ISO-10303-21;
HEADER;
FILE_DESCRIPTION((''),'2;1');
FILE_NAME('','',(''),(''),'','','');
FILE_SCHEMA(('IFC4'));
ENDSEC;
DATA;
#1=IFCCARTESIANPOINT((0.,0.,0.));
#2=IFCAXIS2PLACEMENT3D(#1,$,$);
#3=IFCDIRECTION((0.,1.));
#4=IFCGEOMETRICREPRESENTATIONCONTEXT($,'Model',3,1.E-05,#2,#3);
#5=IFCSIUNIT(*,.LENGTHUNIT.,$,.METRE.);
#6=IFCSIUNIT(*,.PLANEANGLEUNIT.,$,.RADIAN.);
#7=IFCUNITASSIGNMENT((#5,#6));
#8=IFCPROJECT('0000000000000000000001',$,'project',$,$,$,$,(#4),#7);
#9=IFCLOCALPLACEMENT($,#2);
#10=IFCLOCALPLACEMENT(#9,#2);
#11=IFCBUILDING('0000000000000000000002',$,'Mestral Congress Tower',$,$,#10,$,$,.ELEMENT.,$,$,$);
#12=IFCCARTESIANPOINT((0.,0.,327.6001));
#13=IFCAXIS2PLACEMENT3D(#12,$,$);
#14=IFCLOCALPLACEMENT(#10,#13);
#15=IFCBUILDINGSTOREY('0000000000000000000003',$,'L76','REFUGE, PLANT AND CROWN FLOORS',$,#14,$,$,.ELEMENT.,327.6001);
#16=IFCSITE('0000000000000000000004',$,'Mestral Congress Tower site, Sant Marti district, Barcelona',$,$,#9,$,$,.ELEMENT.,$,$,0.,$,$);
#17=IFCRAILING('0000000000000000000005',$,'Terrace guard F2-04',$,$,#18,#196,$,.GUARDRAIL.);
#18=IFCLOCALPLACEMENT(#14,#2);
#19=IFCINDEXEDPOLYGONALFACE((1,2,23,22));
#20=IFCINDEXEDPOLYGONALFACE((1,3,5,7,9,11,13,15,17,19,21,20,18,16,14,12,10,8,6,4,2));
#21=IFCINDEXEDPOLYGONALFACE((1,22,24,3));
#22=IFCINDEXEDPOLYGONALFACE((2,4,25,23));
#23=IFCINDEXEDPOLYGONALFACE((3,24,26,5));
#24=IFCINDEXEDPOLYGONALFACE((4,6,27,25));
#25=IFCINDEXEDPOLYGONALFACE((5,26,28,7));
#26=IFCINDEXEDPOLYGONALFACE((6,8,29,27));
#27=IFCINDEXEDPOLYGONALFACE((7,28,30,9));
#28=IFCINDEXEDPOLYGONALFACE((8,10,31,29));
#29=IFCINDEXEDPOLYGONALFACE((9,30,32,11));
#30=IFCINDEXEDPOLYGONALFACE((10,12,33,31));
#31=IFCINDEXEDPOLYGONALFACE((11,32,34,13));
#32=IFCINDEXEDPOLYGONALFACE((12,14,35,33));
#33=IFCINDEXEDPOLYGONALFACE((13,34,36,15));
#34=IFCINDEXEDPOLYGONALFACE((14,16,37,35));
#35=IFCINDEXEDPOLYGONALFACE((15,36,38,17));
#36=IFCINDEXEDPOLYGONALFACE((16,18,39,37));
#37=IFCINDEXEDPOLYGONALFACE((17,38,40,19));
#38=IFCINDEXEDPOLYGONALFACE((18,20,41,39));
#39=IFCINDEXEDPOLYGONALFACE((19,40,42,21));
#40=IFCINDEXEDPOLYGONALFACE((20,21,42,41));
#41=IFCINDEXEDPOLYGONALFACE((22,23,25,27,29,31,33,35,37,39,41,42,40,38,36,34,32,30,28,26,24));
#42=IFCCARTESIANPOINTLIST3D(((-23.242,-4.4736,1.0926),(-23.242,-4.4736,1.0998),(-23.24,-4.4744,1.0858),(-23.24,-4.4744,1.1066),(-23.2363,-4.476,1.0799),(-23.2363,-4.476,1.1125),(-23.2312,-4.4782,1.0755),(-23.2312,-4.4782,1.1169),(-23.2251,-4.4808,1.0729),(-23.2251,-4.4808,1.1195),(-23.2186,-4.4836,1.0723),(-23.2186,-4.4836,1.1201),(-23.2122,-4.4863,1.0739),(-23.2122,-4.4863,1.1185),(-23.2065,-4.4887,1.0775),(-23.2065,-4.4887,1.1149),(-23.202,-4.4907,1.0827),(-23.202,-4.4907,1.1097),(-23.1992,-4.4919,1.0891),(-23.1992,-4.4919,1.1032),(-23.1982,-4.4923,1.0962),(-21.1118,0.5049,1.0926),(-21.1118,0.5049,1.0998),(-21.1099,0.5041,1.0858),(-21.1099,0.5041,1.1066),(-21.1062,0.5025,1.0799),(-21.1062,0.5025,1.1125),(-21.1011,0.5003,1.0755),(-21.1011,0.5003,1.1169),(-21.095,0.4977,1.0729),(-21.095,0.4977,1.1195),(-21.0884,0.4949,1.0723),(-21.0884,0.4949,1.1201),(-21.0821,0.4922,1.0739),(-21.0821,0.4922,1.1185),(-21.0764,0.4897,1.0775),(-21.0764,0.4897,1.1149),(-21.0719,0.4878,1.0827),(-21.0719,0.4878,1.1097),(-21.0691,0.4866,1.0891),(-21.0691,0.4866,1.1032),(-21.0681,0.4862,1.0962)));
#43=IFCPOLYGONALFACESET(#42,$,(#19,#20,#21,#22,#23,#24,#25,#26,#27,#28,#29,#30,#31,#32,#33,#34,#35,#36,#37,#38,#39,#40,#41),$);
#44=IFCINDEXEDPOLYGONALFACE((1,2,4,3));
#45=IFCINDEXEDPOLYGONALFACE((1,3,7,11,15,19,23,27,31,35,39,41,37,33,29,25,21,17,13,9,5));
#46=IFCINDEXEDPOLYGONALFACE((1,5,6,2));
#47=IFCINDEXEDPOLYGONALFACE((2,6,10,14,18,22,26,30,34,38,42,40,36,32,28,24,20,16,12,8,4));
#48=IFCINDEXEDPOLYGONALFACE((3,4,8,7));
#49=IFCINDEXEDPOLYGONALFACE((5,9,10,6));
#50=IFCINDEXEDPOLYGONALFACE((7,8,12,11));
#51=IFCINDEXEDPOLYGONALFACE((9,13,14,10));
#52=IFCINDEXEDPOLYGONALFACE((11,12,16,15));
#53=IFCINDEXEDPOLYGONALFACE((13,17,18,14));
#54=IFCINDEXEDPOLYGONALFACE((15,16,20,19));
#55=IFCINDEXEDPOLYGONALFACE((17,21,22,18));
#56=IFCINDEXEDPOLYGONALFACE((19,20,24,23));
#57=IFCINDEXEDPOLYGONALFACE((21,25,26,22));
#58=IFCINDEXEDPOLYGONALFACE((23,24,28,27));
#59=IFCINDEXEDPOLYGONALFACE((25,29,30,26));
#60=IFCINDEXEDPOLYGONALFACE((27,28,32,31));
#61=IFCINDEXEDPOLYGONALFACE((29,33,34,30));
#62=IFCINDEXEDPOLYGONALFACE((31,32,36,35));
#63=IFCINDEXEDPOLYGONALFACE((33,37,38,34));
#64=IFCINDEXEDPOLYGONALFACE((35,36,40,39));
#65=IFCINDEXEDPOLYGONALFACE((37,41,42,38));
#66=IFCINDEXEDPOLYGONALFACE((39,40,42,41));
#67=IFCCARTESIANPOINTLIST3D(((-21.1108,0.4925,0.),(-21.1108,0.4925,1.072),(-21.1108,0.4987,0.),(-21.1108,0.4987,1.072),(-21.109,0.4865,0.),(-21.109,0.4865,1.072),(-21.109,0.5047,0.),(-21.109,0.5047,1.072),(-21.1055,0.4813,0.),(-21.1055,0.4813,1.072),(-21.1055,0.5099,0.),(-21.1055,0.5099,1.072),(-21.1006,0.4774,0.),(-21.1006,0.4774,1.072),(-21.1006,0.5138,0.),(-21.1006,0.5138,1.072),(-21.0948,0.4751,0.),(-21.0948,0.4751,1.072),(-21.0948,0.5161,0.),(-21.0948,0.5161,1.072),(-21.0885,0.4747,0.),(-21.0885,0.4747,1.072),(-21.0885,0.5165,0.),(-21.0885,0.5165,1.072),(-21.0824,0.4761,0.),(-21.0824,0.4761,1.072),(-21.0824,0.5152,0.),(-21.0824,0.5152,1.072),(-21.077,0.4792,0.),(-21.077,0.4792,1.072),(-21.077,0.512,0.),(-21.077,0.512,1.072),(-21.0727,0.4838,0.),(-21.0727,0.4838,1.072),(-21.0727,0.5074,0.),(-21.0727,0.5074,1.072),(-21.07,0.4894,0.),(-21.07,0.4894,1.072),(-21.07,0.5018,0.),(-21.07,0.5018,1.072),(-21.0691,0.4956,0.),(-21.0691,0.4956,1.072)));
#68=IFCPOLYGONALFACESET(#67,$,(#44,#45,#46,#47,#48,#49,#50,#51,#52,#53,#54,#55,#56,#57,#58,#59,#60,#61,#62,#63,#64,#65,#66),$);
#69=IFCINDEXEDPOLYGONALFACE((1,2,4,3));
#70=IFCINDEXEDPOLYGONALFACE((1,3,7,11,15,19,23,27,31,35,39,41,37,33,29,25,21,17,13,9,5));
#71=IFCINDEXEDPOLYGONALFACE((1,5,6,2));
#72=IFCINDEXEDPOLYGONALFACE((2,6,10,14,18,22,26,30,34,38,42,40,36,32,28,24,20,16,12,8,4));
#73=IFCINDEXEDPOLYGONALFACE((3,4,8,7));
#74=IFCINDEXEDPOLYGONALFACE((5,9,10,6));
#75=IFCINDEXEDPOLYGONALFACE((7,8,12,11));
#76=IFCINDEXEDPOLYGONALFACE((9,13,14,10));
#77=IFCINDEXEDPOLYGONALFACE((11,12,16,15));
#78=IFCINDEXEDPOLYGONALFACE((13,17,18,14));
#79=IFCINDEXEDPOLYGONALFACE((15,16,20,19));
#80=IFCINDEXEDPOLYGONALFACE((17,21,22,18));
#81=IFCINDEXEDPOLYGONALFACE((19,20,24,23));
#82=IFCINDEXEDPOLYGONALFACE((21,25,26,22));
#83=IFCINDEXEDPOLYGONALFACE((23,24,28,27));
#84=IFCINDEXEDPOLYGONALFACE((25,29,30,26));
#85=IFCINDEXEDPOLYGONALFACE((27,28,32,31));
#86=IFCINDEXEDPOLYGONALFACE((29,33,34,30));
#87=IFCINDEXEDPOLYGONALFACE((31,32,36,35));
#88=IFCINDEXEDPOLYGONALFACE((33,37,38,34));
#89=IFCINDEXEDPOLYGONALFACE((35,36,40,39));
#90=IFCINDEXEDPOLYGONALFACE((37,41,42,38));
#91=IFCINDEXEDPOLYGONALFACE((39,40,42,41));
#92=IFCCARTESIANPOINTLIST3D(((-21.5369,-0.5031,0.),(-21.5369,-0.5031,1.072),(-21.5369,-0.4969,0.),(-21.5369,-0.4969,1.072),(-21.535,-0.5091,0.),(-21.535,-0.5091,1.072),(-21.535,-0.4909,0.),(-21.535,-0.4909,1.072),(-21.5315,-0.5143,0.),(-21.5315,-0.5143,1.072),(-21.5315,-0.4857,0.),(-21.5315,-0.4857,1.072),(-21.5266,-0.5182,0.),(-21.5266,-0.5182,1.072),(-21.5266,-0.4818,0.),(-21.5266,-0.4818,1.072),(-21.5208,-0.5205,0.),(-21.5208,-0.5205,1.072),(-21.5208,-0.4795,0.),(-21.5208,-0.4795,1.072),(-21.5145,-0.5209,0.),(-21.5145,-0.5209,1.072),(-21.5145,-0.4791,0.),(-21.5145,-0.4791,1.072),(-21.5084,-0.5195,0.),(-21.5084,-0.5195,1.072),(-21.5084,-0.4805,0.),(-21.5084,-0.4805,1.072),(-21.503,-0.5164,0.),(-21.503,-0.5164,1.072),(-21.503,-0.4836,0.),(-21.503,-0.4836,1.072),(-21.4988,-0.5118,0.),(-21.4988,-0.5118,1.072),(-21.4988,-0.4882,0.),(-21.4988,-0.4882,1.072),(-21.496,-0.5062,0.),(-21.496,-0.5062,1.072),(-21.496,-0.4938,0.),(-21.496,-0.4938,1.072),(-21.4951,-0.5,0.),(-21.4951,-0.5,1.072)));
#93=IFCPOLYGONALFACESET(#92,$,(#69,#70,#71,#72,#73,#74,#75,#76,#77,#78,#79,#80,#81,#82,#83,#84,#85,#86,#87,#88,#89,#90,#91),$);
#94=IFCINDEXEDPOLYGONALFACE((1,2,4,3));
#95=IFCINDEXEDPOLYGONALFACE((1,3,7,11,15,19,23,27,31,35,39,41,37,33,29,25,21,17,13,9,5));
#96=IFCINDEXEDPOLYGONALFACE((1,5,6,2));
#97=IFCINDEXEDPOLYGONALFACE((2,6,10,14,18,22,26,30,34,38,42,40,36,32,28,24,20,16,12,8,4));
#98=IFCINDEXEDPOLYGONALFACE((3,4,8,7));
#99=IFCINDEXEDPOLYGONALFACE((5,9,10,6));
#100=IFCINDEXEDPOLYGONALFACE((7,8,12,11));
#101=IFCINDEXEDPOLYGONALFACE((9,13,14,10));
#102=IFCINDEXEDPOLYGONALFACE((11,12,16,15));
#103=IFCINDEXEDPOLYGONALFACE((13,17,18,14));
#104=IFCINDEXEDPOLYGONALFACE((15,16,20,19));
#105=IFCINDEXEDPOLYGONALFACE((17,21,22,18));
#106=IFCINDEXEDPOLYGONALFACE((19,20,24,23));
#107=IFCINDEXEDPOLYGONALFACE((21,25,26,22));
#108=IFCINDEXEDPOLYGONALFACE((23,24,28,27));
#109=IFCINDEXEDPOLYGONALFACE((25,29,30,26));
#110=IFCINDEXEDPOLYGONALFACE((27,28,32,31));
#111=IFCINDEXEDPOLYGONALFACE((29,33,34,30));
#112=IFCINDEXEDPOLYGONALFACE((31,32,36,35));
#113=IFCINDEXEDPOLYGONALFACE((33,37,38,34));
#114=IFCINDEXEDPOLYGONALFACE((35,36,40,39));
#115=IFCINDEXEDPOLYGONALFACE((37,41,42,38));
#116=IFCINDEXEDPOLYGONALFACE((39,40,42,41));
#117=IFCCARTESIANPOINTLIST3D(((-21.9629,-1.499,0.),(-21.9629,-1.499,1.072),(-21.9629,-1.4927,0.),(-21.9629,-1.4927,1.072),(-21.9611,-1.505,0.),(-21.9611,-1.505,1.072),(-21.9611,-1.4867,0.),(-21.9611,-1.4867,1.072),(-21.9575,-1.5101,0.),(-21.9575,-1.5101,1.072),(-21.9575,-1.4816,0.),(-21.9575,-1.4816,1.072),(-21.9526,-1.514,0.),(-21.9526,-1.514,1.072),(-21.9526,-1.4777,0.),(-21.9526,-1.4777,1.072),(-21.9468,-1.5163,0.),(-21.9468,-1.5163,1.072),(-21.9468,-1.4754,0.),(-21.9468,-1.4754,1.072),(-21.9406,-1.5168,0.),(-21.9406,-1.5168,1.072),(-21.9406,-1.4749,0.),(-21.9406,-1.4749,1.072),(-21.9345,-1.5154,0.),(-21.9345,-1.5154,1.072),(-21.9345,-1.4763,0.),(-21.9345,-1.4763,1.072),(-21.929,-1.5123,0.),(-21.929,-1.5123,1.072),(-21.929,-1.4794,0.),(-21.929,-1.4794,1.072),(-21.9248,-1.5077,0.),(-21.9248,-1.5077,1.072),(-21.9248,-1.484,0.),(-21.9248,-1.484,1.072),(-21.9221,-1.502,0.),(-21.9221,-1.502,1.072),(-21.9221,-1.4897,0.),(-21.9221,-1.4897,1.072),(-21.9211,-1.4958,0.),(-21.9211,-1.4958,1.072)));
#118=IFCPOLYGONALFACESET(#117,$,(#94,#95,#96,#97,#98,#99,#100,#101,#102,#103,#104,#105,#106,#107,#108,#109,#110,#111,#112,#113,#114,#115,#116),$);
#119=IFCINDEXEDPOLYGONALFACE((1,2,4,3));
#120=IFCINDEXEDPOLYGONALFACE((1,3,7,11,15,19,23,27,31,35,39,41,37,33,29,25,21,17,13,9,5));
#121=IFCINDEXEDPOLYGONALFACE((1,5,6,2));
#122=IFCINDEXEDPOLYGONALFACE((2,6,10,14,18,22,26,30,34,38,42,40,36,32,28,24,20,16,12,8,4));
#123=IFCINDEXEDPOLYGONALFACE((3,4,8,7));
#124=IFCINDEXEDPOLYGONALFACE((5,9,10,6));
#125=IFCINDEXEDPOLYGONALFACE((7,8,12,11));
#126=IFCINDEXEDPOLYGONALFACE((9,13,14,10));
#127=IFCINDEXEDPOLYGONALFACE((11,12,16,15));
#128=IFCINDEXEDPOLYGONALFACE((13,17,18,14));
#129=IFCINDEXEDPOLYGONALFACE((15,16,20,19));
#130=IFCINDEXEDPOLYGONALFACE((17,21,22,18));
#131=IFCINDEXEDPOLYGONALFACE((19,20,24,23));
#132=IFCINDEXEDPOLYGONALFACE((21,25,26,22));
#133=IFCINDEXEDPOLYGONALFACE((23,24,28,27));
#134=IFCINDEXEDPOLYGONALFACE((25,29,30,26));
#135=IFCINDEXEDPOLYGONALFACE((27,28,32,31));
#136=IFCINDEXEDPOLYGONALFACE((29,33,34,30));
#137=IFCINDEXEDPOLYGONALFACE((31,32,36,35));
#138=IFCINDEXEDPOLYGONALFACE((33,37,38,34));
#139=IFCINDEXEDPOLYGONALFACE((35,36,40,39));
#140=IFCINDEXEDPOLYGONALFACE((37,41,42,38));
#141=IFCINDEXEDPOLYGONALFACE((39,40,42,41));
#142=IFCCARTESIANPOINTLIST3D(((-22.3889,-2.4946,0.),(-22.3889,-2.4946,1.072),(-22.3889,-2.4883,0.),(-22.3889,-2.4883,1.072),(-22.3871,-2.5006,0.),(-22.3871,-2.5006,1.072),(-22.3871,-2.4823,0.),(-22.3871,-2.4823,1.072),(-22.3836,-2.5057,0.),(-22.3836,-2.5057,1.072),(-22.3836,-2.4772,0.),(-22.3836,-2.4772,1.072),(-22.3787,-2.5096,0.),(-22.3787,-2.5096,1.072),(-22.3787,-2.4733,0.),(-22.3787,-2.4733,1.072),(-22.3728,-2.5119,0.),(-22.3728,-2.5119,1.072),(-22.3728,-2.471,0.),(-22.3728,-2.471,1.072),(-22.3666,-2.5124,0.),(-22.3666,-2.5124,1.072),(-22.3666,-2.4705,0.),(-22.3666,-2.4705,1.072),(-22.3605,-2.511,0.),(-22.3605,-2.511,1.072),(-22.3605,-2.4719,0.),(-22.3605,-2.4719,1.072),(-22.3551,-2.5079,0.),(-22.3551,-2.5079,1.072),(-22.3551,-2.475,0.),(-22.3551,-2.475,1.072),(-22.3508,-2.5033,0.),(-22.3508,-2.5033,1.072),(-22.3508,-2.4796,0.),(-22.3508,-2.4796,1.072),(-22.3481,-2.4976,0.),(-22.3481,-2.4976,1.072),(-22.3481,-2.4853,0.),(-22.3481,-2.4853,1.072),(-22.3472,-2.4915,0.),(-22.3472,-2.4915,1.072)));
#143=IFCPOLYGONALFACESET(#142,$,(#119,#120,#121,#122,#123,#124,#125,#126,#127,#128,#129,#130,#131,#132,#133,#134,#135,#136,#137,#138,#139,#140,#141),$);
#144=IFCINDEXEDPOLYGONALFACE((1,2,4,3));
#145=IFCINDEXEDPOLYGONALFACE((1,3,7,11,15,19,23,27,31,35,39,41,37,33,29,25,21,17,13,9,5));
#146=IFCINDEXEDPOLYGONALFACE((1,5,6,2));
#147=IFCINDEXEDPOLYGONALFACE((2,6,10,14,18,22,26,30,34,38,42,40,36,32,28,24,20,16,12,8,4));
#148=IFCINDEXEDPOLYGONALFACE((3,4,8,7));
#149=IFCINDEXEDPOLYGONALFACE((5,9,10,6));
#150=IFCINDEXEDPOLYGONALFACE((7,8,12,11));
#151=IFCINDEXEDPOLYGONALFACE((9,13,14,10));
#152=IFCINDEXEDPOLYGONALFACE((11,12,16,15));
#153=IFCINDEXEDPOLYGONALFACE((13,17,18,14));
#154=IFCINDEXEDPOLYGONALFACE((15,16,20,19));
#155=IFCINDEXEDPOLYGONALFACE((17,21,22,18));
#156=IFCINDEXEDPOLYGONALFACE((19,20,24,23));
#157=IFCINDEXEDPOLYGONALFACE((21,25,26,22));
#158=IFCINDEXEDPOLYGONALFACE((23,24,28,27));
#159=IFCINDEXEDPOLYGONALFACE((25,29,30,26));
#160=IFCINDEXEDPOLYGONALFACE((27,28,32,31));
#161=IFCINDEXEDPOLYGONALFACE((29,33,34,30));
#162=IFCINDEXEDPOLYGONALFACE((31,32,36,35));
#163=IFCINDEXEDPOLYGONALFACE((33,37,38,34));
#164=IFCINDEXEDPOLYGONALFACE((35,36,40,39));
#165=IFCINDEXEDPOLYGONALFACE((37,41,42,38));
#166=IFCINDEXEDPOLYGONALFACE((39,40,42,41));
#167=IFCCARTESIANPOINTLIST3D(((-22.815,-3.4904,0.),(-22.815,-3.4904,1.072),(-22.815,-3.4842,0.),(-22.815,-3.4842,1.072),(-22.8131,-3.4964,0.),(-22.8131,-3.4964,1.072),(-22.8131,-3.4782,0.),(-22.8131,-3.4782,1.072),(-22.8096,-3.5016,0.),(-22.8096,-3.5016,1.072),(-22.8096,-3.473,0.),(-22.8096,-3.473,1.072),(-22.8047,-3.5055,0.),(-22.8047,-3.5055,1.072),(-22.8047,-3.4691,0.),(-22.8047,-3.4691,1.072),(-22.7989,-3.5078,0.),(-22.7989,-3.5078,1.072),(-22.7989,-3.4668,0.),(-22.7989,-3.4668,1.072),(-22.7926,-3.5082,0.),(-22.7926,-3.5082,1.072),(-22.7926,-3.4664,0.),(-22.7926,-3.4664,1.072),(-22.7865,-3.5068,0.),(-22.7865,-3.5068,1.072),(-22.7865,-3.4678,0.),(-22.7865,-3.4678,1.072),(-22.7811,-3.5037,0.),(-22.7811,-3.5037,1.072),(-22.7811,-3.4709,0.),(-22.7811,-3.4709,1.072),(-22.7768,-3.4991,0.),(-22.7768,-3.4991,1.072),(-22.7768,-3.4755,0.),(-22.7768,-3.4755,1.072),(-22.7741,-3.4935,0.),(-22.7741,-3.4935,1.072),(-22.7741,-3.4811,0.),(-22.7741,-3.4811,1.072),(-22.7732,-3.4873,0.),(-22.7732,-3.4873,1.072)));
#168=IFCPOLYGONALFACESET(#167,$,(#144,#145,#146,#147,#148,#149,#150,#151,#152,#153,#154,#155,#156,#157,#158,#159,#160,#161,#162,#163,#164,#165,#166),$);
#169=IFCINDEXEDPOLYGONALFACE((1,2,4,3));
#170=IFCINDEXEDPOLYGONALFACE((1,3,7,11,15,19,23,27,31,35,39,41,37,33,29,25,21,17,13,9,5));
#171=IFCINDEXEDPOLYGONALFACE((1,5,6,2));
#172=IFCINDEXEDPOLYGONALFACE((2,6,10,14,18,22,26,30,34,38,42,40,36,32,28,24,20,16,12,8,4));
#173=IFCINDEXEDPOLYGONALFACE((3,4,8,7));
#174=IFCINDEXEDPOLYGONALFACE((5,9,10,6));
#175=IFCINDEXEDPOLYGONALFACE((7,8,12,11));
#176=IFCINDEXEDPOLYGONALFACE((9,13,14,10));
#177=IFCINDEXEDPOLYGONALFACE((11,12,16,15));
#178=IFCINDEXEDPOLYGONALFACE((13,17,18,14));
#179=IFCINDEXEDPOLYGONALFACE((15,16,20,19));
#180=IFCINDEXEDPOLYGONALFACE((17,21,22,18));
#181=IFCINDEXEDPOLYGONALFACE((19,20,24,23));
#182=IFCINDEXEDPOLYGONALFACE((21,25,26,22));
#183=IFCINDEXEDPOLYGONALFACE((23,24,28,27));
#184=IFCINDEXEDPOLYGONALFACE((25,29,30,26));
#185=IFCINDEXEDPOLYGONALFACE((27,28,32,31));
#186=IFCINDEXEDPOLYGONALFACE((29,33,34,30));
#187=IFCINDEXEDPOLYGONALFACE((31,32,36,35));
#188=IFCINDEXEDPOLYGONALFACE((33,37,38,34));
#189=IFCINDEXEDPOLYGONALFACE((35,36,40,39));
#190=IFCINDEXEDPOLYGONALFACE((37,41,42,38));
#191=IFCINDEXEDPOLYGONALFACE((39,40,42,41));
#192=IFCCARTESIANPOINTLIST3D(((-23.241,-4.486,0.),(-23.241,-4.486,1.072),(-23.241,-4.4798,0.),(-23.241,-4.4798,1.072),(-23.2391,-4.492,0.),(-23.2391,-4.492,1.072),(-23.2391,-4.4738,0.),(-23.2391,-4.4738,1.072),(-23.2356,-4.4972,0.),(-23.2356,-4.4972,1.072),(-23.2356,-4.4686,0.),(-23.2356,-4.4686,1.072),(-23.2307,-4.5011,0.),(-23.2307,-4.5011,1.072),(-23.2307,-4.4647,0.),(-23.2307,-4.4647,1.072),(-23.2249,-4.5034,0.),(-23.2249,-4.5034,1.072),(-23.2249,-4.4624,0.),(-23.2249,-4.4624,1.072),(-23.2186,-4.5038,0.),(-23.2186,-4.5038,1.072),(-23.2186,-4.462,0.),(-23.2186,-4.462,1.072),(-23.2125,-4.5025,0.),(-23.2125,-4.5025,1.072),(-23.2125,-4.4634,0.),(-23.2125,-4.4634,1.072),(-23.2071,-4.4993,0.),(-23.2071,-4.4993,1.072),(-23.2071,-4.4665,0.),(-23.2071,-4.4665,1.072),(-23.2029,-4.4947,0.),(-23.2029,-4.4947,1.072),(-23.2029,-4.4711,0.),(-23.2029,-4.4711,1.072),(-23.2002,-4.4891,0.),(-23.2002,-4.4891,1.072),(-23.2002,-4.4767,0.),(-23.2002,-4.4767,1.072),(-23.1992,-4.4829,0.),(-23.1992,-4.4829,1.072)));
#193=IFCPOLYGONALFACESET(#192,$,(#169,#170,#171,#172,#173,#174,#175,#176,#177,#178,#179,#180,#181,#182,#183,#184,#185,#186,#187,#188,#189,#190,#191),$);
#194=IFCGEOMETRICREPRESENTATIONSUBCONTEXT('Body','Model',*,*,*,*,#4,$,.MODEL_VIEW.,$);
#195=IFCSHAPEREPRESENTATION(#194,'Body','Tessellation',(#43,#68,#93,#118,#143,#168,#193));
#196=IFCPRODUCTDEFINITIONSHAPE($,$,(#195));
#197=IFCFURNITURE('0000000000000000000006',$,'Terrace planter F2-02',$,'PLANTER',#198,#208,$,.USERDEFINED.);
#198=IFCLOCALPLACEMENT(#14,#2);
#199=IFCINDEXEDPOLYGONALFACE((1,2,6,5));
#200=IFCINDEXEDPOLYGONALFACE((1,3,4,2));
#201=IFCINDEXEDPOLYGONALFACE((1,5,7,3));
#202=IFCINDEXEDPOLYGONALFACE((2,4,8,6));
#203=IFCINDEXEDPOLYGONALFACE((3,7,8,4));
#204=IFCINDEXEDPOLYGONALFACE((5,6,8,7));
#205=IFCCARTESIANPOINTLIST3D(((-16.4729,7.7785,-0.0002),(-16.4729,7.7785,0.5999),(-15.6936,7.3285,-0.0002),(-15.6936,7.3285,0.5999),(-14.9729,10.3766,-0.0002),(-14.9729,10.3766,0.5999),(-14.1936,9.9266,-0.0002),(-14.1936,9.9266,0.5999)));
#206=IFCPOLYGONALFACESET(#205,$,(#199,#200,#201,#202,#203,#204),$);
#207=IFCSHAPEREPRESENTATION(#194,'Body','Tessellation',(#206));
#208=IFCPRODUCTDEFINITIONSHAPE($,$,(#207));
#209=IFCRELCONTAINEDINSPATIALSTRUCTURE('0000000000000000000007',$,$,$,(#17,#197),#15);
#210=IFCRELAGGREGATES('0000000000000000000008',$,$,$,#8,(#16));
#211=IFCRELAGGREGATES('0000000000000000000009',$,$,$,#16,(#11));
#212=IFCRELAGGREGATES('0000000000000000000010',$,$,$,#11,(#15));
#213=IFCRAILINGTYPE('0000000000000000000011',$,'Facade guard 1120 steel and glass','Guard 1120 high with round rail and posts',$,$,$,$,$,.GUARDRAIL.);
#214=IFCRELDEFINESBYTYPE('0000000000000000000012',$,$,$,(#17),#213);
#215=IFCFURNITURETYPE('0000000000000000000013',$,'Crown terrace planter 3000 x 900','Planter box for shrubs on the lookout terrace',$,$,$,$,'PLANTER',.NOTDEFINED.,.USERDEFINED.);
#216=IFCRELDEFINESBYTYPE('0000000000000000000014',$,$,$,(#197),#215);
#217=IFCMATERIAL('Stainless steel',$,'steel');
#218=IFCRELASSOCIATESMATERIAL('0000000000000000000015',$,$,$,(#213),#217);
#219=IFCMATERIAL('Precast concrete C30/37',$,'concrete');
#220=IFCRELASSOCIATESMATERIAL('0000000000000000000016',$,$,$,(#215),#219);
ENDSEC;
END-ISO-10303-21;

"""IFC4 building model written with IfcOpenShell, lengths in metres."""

from ifc_helpers import new_model, si_unit, direction, frame, origin, origin_2d, place, context, subcontext, project, spatial, rectangle, circle, extrude, material, type_object, element, save


model = new_model("IFC4")

# Units and contexts
model_context = context("Model", 3, precision=1e-05, world=origin(), true_north=direction((0.0, 1.0)))
body_context = subcontext(model_context, "Body", "Model", "MODEL_VIEW")
ifc_project = project(units=[si_unit("LENGTHUNIT", "METRE"), si_unit("PLANEANGLEUNIT", "RADIAN")], contexts=[model_context])

# Site, building, storey
site_placement = place(None, origin())
site = spatial("IfcSite", under=ifc_project, at=site_placement, Name="Mestral Congress Tower site, Sant Marti district, Barcelona", CompositionType="ELEMENT", RefElevation=0.0)
building_placement = place(site_placement, origin())
building = spatial("IfcBuilding", under=site, at=building_placement, Name="Mestral Congress Tower", CompositionType="ELEMENT")
storey_placement = place(building_placement, frame((0.0, 0.0, 327.6001)))
storey = spatial("IfcBuildingStorey", under=building, at=storey_placement, Name="L76", Description="REFUGE, PLANT AND CROWN FLOORS", CompositionType="ELEMENT", Elevation=327.6001)

# Railing
ifc_material_1 = material(Name="Stainless steel", Category="steel")
railing_type = type_object("IfcRailingType", Name="Facade guard 1120 steel and glass", Description="Guard 1120 high with round rail and posts", PredefinedType="GUARDRAIL", material=ifc_material_1)
railing_1_placement = place(storey_placement, frame((-21.0901, 0.4956, 0.0)))
element("IfcRailing", 1, at=railing_1_placement, inside=storey, type_object=railing_type, Name="Terrace guard F2-04", PredefinedType="GUARDRAIL", context=body_context, shape_type="SweptSolid", body=[
    extrude(circle(Radius=0.0239, at=origin_2d()), frame((0.0, 0.0, 1.0962), z_axis=(-0.39337, -0.91938, 0.0), x_axis=(0.91938, -0.39337, 0.0)), (0.0, 0.0, 1.0), 5.415),
    extrude(circle(Radius=0.021, at=origin_2d()), origin(), (0.0, 0.0, 1.0), 1.072),
    extrude(circle(Radius=0.021, at=origin_2d()), frame((-0.426, -0.9956, 0.0)), (0.0, 0.0, 1.0), 1.072),
    extrude(circle(Radius=0.021, at=origin_2d()), frame((-0.8521, -1.9915, 0.0)), (0.0, 0.0, 1.0), 1.072),
    extrude(circle(Radius=0.021, at=origin_2d()), frame((-1.2781, -2.9871, 0.0)), (0.0, 0.0, 1.0), 1.072),
    extrude(circle(Radius=0.021, at=origin_2d()), frame((-1.7041, -3.9829, 0.0)), (0.0, 0.0, 1.0), 1.072),
    extrude(circle(Radius=0.021, at=origin_2d()), frame((-2.1301, -4.9785, 0.0)), (0.0, 0.0, 1.0), 1.072),
])

# Furniture
ifc_material_2 = material(Name="Precast concrete C30/37", Category="concrete")
furniture_type = type_object("IfcFurnitureType", Name="Crown terrace planter 3000 x 900", Description="Planter box for shrubs on the lookout terrace", ElementType="PLANTER", AssemblyPlace="NOTDEFINED", PredefinedType="USERDEFINED", material=ifc_material_2)
for number, where, z_axis, x_axis, name in (
    (2, (-15.3333, 8.8525, -0.0002), (0.0, 0.0, 1.0), (-0.500006, -0.866022, 0.0), "Terrace planter F2-02"),
):
    element("IfcFurniture", number, at=place(storey_placement, frame(where, z_axis=z_axis, x_axis=x_axis)), inside=storey, type_object=furniture_type, Name=name, ObjectType="PLANTER", PredefinedType="USERDEFINED", context=body_context, shape_type="SweptSolid", body=[
        extrude(rectangle(XDim=3.0, YDim=0.8999, at=origin_2d()), origin(), (0.0, 0.0, 1.0), 0.6001),
    ])

save(model, "model.ifc")
